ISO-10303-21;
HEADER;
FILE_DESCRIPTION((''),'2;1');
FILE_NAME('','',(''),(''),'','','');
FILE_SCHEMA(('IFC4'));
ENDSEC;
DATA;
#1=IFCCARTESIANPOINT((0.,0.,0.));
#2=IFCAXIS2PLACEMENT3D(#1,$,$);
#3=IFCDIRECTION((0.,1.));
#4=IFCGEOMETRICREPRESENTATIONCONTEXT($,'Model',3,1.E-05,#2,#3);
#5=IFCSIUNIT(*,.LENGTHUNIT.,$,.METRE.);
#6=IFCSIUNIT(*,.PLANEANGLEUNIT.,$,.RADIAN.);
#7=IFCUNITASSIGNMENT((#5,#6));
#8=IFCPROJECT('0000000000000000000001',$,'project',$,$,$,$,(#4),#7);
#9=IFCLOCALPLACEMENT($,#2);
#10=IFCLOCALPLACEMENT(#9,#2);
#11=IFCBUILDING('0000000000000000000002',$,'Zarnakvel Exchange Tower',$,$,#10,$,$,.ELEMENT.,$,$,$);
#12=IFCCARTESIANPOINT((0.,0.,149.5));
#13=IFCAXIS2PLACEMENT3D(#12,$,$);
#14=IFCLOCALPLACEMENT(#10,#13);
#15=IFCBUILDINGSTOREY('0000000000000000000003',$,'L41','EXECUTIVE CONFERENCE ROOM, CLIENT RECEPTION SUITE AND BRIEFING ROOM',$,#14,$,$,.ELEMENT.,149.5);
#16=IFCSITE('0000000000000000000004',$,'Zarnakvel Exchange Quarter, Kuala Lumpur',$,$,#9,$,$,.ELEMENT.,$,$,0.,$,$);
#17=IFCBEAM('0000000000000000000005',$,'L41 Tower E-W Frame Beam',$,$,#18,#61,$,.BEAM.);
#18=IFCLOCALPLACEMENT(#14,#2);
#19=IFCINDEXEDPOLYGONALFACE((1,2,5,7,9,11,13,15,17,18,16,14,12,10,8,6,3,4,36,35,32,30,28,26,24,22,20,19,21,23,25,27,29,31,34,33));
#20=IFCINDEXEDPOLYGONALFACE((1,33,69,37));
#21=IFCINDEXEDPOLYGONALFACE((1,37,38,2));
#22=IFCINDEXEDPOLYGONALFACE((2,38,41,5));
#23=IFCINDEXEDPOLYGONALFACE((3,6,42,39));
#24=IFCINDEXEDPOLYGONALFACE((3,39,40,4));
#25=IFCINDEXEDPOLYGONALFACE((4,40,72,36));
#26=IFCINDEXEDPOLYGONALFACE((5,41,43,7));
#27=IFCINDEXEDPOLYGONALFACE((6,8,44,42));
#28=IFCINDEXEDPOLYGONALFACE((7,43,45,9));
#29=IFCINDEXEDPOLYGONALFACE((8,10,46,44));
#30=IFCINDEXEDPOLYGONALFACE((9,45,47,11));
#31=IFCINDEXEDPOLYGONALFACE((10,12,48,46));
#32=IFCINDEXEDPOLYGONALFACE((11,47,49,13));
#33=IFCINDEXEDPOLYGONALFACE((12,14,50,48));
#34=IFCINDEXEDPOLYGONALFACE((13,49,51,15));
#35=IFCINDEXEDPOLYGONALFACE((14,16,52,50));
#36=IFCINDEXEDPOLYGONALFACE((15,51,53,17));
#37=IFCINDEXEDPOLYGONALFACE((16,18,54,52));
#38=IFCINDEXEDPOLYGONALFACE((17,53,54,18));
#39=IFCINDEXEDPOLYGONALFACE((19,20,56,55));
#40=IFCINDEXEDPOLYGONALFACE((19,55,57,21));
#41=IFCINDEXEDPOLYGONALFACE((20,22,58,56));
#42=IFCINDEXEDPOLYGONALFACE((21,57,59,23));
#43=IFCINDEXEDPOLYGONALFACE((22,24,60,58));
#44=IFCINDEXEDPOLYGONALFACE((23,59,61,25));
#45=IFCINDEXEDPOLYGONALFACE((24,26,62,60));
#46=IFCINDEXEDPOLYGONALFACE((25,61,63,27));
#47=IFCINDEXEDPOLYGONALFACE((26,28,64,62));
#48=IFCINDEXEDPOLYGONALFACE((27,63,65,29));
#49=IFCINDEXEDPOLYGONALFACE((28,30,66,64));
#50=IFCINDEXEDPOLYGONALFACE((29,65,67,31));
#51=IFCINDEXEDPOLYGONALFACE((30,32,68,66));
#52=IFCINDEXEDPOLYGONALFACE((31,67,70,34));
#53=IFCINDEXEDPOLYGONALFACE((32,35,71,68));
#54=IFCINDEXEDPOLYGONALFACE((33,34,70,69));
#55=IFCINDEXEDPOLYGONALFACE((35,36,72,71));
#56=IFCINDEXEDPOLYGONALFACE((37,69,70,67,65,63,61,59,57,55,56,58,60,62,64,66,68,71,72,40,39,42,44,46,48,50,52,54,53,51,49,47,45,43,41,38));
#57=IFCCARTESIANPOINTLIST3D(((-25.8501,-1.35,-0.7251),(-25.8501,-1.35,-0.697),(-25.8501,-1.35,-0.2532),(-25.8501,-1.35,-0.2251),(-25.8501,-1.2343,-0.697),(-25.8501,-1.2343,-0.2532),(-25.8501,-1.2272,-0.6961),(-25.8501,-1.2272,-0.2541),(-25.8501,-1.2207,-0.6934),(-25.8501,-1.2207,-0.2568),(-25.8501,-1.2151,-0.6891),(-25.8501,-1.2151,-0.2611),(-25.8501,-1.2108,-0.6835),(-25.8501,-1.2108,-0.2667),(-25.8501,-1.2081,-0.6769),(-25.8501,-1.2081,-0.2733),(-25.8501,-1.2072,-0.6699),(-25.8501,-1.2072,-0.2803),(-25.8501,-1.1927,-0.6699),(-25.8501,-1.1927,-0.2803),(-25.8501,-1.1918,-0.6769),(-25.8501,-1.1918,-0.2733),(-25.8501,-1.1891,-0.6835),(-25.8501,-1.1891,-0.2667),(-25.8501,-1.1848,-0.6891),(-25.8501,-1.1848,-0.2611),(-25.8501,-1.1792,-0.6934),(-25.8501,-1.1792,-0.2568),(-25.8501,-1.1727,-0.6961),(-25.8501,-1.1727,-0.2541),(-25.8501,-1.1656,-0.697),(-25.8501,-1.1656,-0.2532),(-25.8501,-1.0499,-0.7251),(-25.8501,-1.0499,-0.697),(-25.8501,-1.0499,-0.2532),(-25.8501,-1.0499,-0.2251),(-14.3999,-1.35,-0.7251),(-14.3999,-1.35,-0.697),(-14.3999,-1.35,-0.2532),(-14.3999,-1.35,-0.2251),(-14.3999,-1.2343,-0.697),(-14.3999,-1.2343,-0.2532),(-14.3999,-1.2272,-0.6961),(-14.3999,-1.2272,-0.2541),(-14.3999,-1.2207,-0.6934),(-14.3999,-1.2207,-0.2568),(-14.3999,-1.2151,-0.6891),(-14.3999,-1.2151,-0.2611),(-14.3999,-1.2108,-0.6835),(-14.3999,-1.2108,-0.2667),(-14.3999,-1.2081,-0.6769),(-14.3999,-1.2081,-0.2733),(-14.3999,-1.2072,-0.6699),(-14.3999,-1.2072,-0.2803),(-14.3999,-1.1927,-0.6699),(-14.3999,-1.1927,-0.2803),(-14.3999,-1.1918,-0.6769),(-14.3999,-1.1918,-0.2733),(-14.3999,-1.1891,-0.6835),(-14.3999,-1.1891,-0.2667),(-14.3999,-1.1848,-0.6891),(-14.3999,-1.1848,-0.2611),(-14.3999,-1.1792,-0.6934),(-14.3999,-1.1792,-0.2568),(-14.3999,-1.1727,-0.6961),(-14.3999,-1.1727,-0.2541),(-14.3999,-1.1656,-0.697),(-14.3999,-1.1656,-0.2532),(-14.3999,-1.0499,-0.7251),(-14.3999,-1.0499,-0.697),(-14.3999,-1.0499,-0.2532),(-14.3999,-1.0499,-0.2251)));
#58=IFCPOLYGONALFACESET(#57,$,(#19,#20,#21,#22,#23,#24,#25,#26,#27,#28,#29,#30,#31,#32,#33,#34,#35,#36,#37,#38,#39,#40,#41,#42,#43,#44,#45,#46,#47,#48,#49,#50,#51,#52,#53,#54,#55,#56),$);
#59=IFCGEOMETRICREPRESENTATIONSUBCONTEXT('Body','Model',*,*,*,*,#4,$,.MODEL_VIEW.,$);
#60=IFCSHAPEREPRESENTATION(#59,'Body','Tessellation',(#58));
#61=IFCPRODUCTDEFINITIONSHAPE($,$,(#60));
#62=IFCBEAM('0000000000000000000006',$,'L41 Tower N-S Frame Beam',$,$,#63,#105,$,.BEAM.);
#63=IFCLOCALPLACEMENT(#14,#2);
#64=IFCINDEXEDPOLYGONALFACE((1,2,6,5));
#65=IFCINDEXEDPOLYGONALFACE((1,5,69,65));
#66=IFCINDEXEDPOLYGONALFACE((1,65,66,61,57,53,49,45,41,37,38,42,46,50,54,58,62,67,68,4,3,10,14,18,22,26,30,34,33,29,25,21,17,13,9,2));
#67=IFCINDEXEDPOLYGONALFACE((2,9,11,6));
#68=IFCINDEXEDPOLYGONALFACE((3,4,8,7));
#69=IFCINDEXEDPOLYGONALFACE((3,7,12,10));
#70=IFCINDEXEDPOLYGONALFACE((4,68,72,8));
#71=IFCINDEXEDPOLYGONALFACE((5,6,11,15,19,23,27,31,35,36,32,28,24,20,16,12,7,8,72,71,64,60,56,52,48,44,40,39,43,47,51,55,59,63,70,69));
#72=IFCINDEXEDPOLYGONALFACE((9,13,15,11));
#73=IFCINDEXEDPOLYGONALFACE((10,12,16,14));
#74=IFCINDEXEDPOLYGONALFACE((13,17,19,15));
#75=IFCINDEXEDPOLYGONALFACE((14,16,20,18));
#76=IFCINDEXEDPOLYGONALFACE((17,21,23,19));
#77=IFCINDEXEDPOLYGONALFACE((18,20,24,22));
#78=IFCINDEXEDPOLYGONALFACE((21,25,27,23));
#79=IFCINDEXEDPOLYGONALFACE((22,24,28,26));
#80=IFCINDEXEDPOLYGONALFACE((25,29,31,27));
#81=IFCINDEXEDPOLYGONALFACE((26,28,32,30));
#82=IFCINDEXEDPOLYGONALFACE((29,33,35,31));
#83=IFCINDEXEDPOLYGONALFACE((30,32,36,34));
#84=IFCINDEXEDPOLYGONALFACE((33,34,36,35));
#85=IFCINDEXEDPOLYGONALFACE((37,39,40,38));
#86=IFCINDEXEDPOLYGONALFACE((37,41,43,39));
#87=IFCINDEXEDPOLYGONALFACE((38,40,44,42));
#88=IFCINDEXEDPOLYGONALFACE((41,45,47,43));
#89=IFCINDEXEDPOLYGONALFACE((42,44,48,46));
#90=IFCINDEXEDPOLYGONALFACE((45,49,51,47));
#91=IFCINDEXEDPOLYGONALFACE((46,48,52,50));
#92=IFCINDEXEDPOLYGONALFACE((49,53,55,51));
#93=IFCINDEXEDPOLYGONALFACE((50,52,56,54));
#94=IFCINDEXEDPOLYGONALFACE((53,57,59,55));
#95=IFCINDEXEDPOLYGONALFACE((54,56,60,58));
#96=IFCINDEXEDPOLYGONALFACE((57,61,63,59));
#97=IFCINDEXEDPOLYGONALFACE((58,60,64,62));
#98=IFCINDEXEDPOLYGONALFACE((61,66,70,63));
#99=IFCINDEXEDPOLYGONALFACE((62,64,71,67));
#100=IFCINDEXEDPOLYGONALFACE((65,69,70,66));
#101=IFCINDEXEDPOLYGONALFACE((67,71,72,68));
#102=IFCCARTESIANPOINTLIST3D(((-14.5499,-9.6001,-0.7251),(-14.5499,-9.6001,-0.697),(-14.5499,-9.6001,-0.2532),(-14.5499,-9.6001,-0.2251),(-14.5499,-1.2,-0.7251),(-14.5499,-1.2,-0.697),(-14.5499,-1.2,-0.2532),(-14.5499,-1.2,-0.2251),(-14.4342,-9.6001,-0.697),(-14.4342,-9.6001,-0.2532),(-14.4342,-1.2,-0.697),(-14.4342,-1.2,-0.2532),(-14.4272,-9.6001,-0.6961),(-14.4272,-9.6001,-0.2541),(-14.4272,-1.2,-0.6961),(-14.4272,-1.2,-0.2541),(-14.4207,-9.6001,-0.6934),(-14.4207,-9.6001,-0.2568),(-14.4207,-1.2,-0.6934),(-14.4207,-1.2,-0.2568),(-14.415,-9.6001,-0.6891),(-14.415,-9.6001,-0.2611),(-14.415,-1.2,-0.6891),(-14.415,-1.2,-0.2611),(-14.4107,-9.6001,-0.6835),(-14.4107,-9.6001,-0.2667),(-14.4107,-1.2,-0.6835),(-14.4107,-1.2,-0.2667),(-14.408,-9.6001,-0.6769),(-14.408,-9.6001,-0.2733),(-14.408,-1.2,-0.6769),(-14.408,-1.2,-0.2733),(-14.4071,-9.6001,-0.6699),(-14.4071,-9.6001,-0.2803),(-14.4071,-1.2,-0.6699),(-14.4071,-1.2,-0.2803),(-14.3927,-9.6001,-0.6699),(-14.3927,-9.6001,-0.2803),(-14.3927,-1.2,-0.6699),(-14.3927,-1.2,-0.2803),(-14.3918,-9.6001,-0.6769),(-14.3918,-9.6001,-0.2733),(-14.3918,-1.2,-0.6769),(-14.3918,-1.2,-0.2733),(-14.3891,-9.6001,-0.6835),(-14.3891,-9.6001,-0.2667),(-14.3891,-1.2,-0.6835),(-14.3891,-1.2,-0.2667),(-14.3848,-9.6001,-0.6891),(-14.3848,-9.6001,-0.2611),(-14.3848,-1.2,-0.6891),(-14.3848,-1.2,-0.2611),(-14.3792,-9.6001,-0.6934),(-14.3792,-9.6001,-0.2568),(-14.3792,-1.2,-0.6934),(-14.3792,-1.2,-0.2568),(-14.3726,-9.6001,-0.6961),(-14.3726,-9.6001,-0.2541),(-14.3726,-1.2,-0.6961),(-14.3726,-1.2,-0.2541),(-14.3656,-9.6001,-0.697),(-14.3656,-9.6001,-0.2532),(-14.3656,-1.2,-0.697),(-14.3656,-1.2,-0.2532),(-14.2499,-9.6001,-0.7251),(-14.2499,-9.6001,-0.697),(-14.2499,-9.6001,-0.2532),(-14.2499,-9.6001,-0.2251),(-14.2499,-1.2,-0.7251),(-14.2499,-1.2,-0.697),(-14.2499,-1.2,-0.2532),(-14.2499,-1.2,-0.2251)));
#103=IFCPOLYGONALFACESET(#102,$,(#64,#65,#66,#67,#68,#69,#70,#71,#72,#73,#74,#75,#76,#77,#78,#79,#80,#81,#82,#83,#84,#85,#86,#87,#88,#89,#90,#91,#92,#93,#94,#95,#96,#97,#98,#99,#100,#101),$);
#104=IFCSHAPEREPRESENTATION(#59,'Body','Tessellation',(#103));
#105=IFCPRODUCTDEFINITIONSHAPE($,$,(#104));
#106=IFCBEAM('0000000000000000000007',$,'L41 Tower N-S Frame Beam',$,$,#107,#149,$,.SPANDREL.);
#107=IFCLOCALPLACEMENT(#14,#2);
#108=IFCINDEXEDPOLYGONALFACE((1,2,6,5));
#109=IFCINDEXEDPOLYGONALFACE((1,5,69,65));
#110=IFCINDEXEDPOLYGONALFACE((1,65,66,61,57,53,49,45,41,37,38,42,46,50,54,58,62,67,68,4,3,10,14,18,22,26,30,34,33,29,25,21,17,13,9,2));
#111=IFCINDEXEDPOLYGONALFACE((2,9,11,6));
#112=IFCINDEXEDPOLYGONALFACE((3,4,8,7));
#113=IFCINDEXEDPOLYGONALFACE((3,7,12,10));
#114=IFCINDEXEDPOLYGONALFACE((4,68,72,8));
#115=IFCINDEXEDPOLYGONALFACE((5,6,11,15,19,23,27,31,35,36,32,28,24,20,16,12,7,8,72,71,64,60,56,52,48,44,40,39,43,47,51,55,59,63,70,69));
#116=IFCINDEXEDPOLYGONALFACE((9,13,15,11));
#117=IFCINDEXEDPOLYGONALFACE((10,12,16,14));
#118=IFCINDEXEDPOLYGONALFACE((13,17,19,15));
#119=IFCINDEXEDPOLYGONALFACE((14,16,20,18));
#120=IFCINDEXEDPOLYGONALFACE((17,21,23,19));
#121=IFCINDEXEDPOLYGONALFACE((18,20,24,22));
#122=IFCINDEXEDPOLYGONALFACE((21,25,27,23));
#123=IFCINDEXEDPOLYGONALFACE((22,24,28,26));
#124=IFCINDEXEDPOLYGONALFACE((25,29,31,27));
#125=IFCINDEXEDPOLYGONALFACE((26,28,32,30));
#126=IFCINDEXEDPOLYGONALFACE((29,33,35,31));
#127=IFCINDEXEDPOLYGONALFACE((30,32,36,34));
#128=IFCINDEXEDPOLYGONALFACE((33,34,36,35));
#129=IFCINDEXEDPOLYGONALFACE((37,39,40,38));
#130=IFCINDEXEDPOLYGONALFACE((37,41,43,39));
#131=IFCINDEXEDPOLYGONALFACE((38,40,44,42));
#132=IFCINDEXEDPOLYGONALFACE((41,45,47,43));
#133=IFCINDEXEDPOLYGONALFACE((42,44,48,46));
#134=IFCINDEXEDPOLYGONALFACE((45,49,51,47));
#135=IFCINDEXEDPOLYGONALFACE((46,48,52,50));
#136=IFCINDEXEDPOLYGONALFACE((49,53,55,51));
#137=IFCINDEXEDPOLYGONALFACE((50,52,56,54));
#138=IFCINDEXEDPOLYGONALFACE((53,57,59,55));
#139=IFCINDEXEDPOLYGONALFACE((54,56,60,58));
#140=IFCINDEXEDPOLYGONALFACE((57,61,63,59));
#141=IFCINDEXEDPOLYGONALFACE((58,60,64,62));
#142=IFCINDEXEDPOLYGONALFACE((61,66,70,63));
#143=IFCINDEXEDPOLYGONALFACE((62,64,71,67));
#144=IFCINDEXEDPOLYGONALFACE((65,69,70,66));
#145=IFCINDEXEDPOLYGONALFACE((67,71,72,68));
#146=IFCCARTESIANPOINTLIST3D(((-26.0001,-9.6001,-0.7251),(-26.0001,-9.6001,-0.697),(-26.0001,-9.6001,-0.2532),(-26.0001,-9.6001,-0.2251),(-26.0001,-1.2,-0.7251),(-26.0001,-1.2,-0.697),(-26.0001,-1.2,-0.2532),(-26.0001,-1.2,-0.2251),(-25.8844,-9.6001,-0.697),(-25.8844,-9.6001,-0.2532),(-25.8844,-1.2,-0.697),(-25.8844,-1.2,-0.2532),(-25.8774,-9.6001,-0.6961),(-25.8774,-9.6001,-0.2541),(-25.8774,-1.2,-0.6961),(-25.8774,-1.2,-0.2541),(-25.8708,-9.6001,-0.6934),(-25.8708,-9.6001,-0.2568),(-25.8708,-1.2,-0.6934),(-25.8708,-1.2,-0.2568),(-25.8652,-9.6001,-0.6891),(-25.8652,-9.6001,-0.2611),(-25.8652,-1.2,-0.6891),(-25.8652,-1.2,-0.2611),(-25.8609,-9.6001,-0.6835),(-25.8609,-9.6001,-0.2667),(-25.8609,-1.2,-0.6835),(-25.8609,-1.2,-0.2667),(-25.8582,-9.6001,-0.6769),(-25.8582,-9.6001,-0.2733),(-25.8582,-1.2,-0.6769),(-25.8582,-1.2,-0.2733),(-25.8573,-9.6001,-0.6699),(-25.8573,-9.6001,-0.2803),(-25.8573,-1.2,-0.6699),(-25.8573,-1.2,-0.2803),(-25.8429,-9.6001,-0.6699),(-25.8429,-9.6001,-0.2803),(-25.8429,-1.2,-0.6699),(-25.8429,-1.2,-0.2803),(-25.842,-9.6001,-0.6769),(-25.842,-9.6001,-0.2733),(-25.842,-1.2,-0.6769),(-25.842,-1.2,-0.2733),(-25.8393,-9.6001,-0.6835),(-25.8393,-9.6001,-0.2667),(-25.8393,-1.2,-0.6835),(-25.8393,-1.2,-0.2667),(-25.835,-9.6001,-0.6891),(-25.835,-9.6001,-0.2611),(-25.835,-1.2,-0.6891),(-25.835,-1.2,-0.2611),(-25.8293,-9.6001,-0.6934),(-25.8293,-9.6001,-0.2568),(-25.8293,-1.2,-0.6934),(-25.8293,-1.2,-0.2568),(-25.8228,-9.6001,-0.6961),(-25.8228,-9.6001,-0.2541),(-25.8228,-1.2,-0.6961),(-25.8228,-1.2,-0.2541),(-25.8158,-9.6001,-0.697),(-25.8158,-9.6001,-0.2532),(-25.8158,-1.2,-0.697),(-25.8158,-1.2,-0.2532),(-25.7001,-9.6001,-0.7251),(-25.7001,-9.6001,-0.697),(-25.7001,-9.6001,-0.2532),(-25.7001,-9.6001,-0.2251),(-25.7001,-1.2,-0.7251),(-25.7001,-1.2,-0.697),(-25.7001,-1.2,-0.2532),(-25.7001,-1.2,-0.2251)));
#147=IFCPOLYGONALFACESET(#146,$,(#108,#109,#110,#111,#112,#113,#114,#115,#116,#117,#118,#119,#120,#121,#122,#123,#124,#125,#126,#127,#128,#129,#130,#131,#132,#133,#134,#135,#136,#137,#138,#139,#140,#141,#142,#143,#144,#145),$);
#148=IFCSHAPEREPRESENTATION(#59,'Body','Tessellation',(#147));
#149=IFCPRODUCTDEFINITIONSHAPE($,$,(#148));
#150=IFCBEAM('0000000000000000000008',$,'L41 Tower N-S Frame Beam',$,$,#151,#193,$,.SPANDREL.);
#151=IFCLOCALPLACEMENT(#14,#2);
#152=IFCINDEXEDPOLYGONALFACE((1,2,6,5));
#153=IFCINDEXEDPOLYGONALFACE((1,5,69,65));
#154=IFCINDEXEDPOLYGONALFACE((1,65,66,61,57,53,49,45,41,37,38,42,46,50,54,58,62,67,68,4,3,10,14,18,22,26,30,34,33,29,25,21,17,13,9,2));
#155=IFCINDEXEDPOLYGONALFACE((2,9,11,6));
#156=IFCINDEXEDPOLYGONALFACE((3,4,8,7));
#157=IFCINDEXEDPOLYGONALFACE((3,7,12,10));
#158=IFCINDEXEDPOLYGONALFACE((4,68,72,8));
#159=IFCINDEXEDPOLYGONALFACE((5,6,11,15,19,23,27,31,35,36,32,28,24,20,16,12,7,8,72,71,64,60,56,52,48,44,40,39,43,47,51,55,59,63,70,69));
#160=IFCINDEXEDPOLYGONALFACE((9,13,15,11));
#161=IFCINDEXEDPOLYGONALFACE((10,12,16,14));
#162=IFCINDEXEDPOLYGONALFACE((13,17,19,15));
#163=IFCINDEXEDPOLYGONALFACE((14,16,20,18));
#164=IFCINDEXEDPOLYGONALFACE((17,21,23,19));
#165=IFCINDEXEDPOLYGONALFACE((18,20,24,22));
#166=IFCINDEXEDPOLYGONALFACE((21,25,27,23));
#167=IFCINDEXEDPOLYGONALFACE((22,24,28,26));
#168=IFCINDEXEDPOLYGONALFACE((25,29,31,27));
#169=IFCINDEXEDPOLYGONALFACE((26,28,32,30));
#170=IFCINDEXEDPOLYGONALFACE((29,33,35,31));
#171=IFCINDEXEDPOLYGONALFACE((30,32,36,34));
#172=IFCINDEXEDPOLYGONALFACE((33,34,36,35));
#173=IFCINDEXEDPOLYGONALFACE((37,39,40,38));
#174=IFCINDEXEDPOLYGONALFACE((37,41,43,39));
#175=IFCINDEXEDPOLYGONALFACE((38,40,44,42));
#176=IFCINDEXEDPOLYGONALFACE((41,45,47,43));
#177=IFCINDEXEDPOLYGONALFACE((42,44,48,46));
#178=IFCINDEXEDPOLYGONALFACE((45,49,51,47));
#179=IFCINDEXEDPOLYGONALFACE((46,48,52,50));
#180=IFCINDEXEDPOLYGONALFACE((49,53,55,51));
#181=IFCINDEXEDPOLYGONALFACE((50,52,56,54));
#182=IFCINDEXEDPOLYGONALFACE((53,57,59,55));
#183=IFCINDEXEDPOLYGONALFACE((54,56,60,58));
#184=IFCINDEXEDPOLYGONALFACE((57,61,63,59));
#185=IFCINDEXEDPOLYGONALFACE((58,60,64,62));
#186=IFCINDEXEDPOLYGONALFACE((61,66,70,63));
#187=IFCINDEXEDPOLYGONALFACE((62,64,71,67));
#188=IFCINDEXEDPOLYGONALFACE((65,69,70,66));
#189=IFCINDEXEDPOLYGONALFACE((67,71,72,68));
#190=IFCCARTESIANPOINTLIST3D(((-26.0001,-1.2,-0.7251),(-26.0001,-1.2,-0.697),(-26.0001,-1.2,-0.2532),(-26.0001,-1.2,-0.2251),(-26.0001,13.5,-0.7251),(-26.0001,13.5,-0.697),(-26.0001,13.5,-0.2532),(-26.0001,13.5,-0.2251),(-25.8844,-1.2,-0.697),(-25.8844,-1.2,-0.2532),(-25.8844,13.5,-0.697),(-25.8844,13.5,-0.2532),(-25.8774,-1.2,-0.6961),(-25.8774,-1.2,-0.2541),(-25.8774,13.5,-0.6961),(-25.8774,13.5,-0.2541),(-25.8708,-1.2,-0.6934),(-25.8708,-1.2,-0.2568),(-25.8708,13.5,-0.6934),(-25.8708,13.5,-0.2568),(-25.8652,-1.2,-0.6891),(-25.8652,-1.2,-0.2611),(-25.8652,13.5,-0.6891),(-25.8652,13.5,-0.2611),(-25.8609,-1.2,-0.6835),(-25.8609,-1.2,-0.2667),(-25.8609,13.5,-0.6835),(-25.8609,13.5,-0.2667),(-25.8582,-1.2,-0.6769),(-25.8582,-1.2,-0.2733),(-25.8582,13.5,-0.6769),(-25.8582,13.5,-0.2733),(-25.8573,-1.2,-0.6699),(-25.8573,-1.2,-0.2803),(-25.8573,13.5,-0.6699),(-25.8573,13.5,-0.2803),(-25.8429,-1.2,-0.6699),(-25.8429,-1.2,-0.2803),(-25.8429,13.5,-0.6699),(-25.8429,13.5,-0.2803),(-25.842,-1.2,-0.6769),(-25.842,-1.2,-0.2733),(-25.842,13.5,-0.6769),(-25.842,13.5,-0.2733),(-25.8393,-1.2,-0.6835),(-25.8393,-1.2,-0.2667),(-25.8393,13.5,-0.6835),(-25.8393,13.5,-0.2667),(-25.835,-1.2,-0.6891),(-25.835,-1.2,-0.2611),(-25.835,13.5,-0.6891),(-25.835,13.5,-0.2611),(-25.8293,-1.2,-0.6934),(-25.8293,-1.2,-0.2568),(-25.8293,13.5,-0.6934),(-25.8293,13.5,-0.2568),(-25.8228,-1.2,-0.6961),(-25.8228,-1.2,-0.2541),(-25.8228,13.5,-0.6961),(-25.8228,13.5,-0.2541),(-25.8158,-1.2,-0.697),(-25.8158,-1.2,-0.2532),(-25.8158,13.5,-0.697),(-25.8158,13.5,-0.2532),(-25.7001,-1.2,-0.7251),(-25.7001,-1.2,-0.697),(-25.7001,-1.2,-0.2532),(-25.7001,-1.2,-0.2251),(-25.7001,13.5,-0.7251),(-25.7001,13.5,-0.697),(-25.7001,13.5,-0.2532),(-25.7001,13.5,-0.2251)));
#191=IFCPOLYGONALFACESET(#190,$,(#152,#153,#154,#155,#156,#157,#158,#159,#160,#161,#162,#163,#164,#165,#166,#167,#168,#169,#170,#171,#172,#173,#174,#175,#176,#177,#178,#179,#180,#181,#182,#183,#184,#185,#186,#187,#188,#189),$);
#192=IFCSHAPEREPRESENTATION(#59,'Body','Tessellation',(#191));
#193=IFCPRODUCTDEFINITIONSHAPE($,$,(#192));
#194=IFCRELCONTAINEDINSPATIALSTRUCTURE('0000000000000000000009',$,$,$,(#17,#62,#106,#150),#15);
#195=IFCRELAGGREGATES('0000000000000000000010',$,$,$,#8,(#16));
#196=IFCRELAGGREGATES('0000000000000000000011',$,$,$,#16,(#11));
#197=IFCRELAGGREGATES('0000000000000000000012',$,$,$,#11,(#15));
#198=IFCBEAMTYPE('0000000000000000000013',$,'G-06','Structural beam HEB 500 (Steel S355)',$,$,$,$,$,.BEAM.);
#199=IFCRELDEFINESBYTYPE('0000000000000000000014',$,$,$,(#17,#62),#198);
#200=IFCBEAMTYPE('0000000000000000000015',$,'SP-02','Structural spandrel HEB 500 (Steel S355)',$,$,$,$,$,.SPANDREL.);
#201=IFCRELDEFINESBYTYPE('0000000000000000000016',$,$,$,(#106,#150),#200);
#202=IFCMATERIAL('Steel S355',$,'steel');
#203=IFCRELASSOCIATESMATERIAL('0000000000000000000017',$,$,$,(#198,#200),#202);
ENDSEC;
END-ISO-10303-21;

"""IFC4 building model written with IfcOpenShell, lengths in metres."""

from ifc_helpers import new_model, si_unit, direction, frame, origin, origin_2d, place, context, subcontext, project, spatial, i_section, extrude, material, material_profile, profile_set, type_object, element, save


model = new_model("IFC4")

# Units and contexts
model_context = context("Model", 3, precision=1e-05, world=origin(), true_north=direction((0.0, 1.0)))
body_context = subcontext(model_context, "Body", "Model", "MODEL_VIEW")
ifc_project = project(units=[si_unit("LENGTHUNIT", "METRE"), si_unit("PLANEANGLEUNIT", "RADIAN")], contexts=[model_context])

# Site, building, storey
site_placement = place(None, origin())
site = spatial("IfcSite", under=ifc_project, at=site_placement, Name="Zarnakvel Exchange Quarter, Kuala Lumpur", CompositionType="ELEMENT", RefElevation=0.0)
building_placement = place(site_placement, origin())
building = spatial("IfcBuilding", under=site, at=building_placement, Name="Zarnakvel Exchange Tower", CompositionType="ELEMENT")
storey_placement = place(building_placement, frame((0.0, 0.0, 149.5)))
storey = spatial("IfcBuildingStorey", under=building, at=storey_placement, Name="L41", Description="EXECUTIVE CONFERENCE ROOM, CLIENT RECEPTION SUITE AND BRIEFING ROOM", CompositionType="ELEMENT", Elevation=149.5)

# Shared definitions
ifc_material_1 = material(Name="Steel S355", Category="steel")

# Beams
ifc_material_profile_1 = material_profile(ifc_material_1, i_section(OverallWidth=0.3, OverallDepth=0.5, WebThickness=0.0144, FlangeThickness=0.0281, FilletRadius=0.0271, at=origin_2d()))
ifc_profile_set_1 = profile_set([ifc_material_profile_1], Name="Steel S355")
beam_type_1 = type_object("IfcBeamType", Name="G-06", Description="Structural beam HEB 500 (Steel S355)", PredefinedType="BEAM", material=ifc_profile_set_1)
beam_1_placement = place(storey_placement, frame((-25.8501, -1.2, -0.4751), z_axis=(1.0, 0.0, 0.0), x_axis=(0.0, 1.0, 0.0)))
element("IfcBeam", 1, at=beam_1_placement, inside=storey, type_object=beam_type_1, Name="L41 Tower E-W Frame Beam", PredefinedType="BEAM", context=body_context, shape_type="SweptSolid", body=[
    extrude(i_section(OverallWidth=0.3, OverallDepth=0.5, WebThickness=0.0144, FlangeThickness=0.0281, FilletRadius=0.0271, at=origin_2d()), origin(), (0.0, 0.0, 1.0), 11.4502),
])
beam_2_placement = place(storey_placement, frame((-14.3999, -9.6001, -0.4751), z_axis=(0.0, 1.0, 0.0), x_axis=(-1.0, 0.0, 0.0)))
element("IfcBeam", 2, at=beam_2_placement, inside=storey, type_object=beam_type_1, Name="L41 Tower N-S Frame Beam", PredefinedType="BEAM", context=body_context, shape_type="SweptSolid", body=[
    extrude(i_section(OverallWidth=0.3, OverallDepth=0.5, WebThickness=0.0144, FlangeThickness=0.0281, FilletRadius=0.0271, at=origin_2d()), origin(), (0.0, 0.0, 1.0), 8.4001),
])
ifc_material_profile_2 = material_profile(ifc_material_1, i_section(OverallWidth=0.3, OverallDepth=0.5, WebThickness=0.0144, FlangeThickness=0.0281, FilletRadius=0.0271, at=origin_2d()))
ifc_profile_set_2 = profile_set([ifc_material_profile_2], Name="Steel S355")
beam_type_2 = type_object("IfcBeamType", Name="SP-02", Description="Structural spandrel HEB 500 (Steel S355)", PredefinedType="SPANDREL", material=ifc_profile_set_2)
beam_3_placement = place(storey_placement, frame((-25.8501, -9.6001, -0.4751), z_axis=(0.0, 1.0, 0.0), x_axis=(-1.0, 0.0, 0.0)))
element("IfcBeam", 3, at=beam_3_placement, inside=storey, type_object=beam_type_2, Name="L41 Tower N-S Frame Beam", PredefinedType="SPANDREL", context=body_context, shape_type="SweptSolid", body=[
    extrude(i_section(OverallWidth=0.3, OverallDepth=0.5, WebThickness=0.0144, FlangeThickness=0.0281, FilletRadius=0.0271, at=origin_2d()), origin(), (0.0, 0.0, 1.0), 8.4001),
])
beam_4_placement = place(storey_placement, frame((-25.8501, -1.2, -0.4751), z_axis=(0.0, 1.0, 0.0), x_axis=(-1.0, 0.0, 0.0)))
element("IfcBeam", 4, at=beam_4_placement, inside=storey, type_object=beam_type_2, Name="L41 Tower N-S Frame Beam", PredefinedType="SPANDREL", context=body_context, shape_type="SweptSolid", body=[
    extrude(i_section(OverallWidth=0.3, OverallDepth=0.5, WebThickness=0.0144, FlangeThickness=0.0281, FilletRadius=0.0271, at=origin_2d()), origin(), (0.0, 0.0, 1.0), 14.7),
])

save(model, "model.ifc")
